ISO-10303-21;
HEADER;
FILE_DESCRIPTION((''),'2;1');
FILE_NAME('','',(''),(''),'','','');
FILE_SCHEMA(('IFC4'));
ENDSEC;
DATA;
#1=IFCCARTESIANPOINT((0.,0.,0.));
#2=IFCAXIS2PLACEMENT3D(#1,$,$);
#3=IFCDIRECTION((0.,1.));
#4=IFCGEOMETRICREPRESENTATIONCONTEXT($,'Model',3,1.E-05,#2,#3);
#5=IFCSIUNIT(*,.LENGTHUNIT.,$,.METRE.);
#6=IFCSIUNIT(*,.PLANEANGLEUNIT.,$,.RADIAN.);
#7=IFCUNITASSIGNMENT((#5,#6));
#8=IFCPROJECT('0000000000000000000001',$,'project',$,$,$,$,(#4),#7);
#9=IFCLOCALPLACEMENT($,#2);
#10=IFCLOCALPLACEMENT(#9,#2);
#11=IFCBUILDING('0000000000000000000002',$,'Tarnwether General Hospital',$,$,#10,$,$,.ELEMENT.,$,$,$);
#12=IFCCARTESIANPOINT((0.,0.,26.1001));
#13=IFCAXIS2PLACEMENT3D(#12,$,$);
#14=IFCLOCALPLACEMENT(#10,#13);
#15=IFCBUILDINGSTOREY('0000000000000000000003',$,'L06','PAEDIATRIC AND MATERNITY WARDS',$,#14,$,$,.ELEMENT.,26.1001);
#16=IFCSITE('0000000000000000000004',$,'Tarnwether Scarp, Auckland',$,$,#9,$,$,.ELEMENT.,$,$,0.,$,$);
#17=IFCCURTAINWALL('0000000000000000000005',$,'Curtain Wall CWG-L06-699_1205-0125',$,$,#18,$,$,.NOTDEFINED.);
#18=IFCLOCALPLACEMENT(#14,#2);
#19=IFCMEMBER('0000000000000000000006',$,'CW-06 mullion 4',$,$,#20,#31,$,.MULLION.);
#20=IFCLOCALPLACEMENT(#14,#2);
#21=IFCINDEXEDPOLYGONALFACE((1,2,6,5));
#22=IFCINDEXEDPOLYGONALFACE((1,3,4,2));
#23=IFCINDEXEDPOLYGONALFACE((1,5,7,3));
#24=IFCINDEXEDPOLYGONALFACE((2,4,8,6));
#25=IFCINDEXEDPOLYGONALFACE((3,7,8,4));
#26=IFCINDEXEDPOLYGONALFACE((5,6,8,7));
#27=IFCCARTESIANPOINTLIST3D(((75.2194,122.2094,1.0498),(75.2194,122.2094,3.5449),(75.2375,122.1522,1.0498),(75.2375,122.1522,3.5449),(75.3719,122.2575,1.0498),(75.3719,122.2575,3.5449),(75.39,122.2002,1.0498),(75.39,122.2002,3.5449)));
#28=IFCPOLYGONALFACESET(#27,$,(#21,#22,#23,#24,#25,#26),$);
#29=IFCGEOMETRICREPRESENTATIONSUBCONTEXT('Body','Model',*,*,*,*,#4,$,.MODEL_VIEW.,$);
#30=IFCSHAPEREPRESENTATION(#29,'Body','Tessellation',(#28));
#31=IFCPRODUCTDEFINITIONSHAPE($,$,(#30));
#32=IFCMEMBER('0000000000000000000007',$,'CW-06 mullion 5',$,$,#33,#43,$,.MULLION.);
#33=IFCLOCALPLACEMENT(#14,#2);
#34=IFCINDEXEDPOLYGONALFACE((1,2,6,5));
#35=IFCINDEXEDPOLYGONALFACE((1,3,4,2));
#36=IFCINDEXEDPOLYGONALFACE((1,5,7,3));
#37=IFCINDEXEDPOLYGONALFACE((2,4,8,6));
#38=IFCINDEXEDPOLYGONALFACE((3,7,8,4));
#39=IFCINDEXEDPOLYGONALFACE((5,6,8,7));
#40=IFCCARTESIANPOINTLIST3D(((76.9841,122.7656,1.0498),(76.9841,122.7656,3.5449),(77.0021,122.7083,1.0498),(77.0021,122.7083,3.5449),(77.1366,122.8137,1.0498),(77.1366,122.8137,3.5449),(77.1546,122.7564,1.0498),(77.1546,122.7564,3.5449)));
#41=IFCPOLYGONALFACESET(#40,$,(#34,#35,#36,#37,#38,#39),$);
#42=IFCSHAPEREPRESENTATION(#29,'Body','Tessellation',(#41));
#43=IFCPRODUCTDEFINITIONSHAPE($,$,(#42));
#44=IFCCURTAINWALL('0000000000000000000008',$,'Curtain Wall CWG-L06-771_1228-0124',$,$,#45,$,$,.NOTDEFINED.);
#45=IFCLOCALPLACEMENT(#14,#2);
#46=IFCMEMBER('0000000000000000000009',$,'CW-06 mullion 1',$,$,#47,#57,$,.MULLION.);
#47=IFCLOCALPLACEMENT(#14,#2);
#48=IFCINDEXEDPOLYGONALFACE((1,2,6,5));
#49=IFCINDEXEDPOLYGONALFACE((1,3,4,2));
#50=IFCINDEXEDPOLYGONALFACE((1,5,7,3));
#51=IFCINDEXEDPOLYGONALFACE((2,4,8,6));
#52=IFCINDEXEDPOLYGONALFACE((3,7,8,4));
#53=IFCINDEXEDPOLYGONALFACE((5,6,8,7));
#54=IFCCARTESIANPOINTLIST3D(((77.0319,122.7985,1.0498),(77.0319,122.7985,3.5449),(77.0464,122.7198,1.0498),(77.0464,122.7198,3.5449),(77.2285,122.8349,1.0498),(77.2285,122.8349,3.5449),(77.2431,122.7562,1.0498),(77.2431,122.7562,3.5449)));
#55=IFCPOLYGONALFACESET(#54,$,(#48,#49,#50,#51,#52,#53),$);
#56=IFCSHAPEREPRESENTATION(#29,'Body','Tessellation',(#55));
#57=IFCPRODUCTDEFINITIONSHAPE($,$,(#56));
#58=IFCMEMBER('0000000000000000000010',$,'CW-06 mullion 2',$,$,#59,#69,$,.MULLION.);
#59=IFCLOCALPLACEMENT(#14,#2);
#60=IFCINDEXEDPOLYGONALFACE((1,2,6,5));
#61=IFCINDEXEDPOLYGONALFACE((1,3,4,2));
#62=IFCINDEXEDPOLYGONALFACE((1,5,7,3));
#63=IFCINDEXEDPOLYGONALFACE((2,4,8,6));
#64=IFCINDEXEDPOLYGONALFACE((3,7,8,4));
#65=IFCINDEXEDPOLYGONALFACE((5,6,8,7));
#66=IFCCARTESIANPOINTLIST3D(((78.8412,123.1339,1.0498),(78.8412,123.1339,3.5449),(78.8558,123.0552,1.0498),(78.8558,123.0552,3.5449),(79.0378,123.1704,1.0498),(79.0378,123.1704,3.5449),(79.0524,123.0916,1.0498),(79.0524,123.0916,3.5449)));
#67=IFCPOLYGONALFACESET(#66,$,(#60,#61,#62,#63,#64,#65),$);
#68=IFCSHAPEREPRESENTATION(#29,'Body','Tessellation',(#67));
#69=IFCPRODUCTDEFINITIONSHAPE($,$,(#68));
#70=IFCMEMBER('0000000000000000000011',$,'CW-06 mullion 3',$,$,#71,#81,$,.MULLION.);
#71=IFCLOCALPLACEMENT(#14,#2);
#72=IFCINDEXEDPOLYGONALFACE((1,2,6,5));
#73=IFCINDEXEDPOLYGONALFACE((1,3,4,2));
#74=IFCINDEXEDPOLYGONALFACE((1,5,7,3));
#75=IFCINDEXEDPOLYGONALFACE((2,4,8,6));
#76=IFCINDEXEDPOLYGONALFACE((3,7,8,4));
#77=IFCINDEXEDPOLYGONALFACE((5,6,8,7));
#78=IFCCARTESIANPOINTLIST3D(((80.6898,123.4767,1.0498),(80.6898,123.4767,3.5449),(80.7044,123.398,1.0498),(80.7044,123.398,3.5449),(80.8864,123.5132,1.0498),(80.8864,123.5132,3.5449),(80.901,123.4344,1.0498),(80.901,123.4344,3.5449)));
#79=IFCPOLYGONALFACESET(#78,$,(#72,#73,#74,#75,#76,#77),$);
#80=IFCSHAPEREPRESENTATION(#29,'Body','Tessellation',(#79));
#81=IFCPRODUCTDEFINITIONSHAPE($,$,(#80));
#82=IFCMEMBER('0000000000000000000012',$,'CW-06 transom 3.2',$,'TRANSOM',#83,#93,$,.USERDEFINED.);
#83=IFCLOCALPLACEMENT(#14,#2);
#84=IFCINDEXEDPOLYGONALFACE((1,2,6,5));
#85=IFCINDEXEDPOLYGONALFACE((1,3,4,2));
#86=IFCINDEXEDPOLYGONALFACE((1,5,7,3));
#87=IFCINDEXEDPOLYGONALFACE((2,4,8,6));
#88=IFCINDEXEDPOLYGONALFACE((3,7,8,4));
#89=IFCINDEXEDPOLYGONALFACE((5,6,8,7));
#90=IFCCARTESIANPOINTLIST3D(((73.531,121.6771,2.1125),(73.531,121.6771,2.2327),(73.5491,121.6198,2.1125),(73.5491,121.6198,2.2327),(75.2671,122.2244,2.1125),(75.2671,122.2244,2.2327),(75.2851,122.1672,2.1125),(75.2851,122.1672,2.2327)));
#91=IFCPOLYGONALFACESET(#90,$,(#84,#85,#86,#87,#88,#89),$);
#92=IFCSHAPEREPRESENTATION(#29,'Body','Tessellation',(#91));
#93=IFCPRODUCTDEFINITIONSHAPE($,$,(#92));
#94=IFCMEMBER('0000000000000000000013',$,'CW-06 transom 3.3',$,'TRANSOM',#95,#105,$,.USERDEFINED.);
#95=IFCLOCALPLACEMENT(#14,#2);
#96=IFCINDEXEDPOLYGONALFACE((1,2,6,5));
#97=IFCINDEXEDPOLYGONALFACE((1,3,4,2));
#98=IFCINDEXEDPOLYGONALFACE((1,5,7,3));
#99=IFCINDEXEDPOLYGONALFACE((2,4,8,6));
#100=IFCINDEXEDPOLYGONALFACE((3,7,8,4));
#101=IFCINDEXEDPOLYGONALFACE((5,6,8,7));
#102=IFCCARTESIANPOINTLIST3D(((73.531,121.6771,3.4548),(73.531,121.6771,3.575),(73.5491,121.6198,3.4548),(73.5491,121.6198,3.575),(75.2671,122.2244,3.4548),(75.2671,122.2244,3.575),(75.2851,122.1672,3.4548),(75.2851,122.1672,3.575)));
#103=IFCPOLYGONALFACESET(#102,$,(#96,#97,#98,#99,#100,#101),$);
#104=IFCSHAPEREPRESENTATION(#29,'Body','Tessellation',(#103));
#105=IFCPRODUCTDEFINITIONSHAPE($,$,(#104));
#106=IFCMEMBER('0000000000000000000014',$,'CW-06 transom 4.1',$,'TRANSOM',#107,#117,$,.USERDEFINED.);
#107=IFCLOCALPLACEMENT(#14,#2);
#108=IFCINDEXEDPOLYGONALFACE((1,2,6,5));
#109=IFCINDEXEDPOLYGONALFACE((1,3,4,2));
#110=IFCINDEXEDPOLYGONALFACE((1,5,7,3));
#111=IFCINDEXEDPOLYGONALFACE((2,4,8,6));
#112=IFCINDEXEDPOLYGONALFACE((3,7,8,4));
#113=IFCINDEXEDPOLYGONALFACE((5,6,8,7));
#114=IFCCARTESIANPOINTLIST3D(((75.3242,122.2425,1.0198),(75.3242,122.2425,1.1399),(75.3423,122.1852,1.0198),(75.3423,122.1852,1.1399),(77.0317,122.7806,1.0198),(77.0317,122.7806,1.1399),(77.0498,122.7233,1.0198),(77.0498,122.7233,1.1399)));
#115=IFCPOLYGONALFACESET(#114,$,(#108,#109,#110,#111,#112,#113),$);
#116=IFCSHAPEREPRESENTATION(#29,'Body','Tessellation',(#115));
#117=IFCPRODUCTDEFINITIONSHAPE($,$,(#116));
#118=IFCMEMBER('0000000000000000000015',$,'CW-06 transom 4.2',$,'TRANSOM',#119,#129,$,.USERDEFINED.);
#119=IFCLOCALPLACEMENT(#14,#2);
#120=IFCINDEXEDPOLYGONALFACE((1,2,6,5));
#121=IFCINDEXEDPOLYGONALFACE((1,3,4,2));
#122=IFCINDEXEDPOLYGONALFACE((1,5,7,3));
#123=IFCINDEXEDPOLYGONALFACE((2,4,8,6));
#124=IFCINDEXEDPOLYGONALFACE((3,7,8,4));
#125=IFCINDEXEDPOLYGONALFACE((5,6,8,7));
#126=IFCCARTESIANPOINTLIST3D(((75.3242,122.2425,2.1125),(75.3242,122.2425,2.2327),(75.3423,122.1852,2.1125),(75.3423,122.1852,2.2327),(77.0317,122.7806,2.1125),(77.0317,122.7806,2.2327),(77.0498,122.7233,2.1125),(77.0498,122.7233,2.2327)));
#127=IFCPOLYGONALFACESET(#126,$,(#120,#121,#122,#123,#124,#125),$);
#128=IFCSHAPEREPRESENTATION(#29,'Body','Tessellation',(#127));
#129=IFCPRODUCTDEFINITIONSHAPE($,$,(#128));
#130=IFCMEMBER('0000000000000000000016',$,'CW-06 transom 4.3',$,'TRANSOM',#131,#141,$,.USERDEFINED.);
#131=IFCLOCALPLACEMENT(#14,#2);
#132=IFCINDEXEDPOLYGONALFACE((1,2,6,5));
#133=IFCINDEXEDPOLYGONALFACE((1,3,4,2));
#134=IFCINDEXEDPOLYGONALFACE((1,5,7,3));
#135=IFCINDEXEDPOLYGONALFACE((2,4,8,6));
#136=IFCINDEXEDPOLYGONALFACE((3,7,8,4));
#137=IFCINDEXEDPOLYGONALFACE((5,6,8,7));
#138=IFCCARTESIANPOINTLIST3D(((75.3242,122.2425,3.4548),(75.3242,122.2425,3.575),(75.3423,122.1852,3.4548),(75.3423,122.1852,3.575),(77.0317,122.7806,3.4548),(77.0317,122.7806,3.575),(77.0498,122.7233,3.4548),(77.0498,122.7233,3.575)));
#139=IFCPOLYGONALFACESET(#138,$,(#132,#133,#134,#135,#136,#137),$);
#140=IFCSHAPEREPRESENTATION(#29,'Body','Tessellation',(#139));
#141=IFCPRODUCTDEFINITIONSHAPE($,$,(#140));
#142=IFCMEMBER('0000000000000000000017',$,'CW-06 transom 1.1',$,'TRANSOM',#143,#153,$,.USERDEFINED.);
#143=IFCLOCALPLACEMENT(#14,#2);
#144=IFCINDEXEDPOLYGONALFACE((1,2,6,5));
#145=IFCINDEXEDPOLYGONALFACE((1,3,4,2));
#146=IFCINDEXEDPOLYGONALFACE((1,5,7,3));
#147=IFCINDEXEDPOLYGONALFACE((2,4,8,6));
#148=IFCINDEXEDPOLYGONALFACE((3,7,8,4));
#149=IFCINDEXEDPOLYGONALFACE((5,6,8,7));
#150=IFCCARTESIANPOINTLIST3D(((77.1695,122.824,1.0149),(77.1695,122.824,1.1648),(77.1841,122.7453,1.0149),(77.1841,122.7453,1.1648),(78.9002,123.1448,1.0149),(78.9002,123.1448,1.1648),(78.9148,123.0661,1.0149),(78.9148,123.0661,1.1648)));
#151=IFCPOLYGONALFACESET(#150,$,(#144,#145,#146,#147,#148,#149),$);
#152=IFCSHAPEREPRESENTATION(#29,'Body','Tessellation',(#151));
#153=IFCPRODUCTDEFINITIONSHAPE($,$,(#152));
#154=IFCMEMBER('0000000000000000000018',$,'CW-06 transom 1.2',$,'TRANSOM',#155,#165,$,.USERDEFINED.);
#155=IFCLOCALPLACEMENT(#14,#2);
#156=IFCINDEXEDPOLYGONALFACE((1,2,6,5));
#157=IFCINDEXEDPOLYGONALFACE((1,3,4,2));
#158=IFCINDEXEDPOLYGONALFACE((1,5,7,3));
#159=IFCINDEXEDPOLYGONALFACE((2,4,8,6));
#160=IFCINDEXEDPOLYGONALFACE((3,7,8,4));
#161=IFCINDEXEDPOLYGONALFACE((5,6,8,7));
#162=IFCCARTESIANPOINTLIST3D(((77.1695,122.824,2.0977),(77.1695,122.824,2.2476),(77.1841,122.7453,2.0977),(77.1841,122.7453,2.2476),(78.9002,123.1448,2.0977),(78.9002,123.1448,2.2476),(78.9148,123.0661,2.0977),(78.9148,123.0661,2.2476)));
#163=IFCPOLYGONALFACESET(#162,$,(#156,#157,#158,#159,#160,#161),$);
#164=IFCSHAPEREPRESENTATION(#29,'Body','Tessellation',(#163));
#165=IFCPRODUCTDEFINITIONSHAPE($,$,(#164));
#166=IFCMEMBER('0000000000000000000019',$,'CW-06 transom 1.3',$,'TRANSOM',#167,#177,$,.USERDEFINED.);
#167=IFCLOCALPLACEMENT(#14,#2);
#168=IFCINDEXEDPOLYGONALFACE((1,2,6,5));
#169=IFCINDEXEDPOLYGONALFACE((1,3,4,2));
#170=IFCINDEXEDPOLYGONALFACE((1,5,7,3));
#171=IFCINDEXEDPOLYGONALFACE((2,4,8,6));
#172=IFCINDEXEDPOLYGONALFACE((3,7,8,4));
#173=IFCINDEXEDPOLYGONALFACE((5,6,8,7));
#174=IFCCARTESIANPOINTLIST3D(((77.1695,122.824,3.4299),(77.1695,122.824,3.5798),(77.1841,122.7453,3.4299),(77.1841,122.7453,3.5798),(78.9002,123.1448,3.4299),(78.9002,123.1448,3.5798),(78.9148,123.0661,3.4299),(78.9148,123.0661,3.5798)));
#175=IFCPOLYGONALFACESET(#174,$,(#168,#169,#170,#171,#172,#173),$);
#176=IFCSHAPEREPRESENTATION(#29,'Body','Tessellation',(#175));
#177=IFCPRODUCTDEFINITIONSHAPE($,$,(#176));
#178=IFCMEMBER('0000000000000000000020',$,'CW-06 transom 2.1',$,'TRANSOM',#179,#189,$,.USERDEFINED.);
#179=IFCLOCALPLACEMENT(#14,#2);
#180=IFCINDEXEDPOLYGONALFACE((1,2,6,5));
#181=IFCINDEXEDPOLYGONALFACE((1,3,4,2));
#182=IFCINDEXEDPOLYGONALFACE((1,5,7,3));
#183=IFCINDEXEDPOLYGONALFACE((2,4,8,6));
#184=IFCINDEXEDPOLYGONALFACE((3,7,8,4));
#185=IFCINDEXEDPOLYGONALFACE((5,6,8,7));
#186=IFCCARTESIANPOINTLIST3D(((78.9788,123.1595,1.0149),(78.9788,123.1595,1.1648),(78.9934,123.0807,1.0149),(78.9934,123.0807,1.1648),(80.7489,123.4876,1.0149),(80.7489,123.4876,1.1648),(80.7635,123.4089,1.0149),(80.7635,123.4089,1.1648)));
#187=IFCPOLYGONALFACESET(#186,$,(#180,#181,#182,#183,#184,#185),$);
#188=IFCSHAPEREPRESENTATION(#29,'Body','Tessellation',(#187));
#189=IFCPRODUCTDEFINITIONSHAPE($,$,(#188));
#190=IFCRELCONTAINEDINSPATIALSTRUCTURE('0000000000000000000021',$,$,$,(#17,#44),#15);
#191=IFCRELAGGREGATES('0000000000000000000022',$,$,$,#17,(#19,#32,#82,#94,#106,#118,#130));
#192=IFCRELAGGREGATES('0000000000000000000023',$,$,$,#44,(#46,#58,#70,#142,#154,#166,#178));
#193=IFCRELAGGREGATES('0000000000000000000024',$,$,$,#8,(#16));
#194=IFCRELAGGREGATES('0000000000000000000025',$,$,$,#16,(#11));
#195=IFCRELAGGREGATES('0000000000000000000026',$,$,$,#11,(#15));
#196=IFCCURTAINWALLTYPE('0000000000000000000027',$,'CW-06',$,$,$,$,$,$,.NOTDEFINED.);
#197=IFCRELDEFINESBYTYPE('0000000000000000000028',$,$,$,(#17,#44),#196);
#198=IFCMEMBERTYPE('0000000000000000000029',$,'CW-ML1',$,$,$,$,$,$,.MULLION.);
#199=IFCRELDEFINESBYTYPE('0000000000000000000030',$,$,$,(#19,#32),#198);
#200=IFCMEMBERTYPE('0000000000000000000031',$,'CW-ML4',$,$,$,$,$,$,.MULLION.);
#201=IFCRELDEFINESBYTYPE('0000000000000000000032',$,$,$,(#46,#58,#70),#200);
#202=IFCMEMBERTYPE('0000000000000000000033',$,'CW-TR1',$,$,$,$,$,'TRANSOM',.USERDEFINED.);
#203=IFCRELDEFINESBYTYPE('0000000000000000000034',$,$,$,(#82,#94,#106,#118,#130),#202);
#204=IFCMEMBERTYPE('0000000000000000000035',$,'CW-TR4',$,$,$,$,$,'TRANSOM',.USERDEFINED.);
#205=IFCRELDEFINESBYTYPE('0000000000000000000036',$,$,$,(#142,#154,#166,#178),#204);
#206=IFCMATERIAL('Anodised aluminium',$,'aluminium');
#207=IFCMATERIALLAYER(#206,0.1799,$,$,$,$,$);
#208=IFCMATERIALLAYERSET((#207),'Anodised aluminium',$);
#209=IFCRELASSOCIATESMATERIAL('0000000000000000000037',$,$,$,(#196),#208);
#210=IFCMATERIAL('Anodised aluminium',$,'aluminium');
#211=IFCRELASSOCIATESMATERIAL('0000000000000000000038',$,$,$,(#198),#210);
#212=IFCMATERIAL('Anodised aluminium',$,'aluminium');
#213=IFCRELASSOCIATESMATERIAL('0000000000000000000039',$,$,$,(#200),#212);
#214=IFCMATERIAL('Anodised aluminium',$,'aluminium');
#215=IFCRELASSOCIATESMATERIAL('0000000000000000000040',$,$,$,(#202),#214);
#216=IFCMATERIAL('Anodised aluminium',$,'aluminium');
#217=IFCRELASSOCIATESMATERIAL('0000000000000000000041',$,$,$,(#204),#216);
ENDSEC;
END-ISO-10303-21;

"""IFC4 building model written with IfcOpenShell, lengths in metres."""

from ifc_helpers import new_model, si_unit, direction, frame, origin, origin_2d, place, context, subcontext, project, spatial, rectangle, extrude, material, layer, layer_set, material_profile, profile_set, type_object, element, aggregate, save


model = new_model("IFC4")

# Units and contexts
model_context = context("Model", 3, precision=1e-05, world=origin(), true_north=direction((0.0, 1.0)))
body_context = subcontext(model_context, "Body", "Model", "MODEL_VIEW")
ifc_project = project(units=[si_unit("LENGTHUNIT", "METRE"), si_unit("PLANEANGLEUNIT", "RADIAN")], contexts=[model_context])

# Site, building, storey
site_placement = place(None, origin())
site = spatial("IfcSite", under=ifc_project, at=site_placement, Name="Tarnwether Scarp, Auckland", CompositionType="ELEMENT", RefElevation=0.0)
building_placement = place(site_placement, origin())
building = spatial("IfcBuilding", under=site, at=building_placement, Name="Tarnwether General Hospital", CompositionType="ELEMENT")
storey_placement = place(building_placement, frame((0.0, 0.0, 26.1001)))
storey = spatial("IfcBuildingStorey", under=building, at=storey_placement, Name="L06", Description="PAEDIATRIC AND MATERNITY WARDS", CompositionType="ELEMENT", Elevation=26.1001)

# Curtain walls, members
ifc_material_1 = material(Name="Anodised aluminium", Category="aluminium")
ifc_layer_1 = layer(ifc_material_1, 0.1799)
ifc_layer_set_1 = layer_set([ifc_layer_1], Name="Anodised aluminium")
curtain_wall_type = type_object("IfcCurtainWallType", Name="CW-06", PredefinedType="NOTDEFINED", material=ifc_layer_set_1)
curtain_wall_1_placement = place(storey_placement, origin())
curtain_wall_1 = element("IfcCurtainWall", 1, at=curtain_wall_1_placement, inside=storey, type_object=curtain_wall_type, Name="Curtain Wall CWG-L06-699_1205-0125", PredefinedType="NOTDEFINED")
ifc_material_2 = material(Name="Anodised aluminium", Category="aluminium")
ifc_material_profile_1 = material_profile(ifc_material_2, rectangle(XDim=0.0601, YDim=0.1599, at=origin_2d()), Name="ALU-MUL-60x160")
ifc_profile_set_1 = profile_set([ifc_material_profile_1], Name="Anodised aluminium")
member_type_1 = type_object("IfcMemberType", Name="CW-ML1", PredefinedType="MULLION", material=ifc_profile_set_1)
member_1_placement = place(storey_placement, frame((75.3047, 122.2048, 1.0498), z_axis=(0.0, 0.0, 1.0), x_axis=(-0.300629, 0.953741, 0.0)))
member_1 = element("IfcMember", 2, at=member_1_placement, type_object=member_type_1, Name="CW-06 mullion 4", PredefinedType="MULLION", context=body_context, shape_type="SweptSolid", body=[
    extrude(rectangle(XDim=0.0601, YDim=0.1599, at=origin_2d()), origin(), (0.0, 0.0, 1.0), 2.4951),
])
member_2_placement = place(storey_placement, frame((77.0693, 122.761, 1.0498), z_axis=(0.0, 0.0, 1.0), x_axis=(-0.300629, 0.953741, 0.0)))
member_2 = element("IfcMember", 3, at=member_2_placement, type_object=member_type_1, Name="CW-06 mullion 5", PredefinedType="MULLION", context=body_context, shape_type="SweptSolid", body=[
    extrude(rectangle(XDim=0.0601, YDim=0.1599, at=origin_2d()), origin(), (0.0, 0.0, 1.0), 2.4951),
])
curtain_wall_2_placement = place(storey_placement, origin())
curtain_wall_2 = element("IfcCurtainWall", 4, at=curtain_wall_2_placement, inside=storey, type_object=curtain_wall_type, Name="Curtain Wall CWG-L06-771_1228-0124", PredefinedType="NOTDEFINED")
ifc_material_3 = material(Name="Anodised aluminium", Category="aluminium")
ifc_material_profile_2 = material_profile(ifc_material_3, rectangle(XDim=0.0801, YDim=0.2, at=origin_2d()), Name="ALU-MUL-80x200")
ifc_profile_set_2 = profile_set([ifc_material_profile_2], Name="Anodised aluminium")
member_type_2 = type_object("IfcMemberType", Name="CW-ML4", PredefinedType="MULLION", material=ifc_profile_set_2)
member_3_placement = place(storey_placement, frame((77.1375, 122.7773, 1.0498), z_axis=(0.0, 0.0, 1.0), x_axis=(-0.182289, 0.983245, 0.0)))
member_3 = element("IfcMember", 5, at=member_3_placement, type_object=member_type_2, Name="CW-06 mullion 1", PredefinedType="MULLION", context=body_context, shape_type="SweptSolid", body=[
    extrude(rectangle(XDim=0.0801, YDim=0.2, at=origin_2d()), origin(), (0.0, 0.0, 1.0), 2.4951),
])
member_4_placement = place(storey_placement, frame((78.9468, 123.1128, 1.0498), z_axis=(0.0, 0.0, 1.0), x_axis=(-0.182289, 0.983245, 0.0)))
member_4 = element("IfcMember", 6, at=member_4_placement, type_object=member_type_2, Name="CW-06 mullion 2", PredefinedType="MULLION", context=body_context, shape_type="SweptSolid", body=[
    extrude(rectangle(XDim=0.0801, YDim=0.2, at=origin_2d()), origin(), (0.0, 0.0, 1.0), 2.4951),
])
member_5_placement = place(storey_placement, frame((80.7954, 123.4556, 1.0498), z_axis=(0.0, 0.0, 1.0), x_axis=(-0.182289, 0.983245, 0.0)))
member_5 = element("IfcMember", 7, at=member_5_placement, type_object=member_type_2, Name="CW-06 mullion 3", PredefinedType="MULLION", context=body_context, shape_type="SweptSolid", body=[
    extrude(rectangle(XDim=0.0801, YDim=0.2, at=origin_2d()), origin(), (0.0, 0.0, 1.0), 2.4951),
])

# Members
ifc_material_4 = material(Name="Anodised aluminium", Category="aluminium")
ifc_material_profile_3 = material_profile(ifc_material_4, rectangle(XDim=0.0601, YDim=0.1201, at=origin_2d()), Name="ALU-TRN-60x120")
ifc_profile_set_3 = profile_set([ifc_material_profile_3], Name="Anodised aluminium")
member_type_3 = type_object("IfcMemberType", Name="CW-TR1", ElementType="TRANSOM", PredefinedType="USERDEFINED", material=ifc_profile_set_3)
member_6_placement = place(storey_placement, frame((73.54, 121.6484, 2.1726), z_axis=(0.95372, 0.300695, 0.0), x_axis=(-0.300695, 0.95372, 0.0)))
member_6 = element("IfcMember", 8, at=member_6_placement, type_object=member_type_3, Name="CW-06 transom 3.2", ObjectType="TRANSOM", PredefinedType="USERDEFINED", context=body_context, shape_type="SweptSolid", body=[
    extrude(rectangle(XDim=0.0601, YDim=0.1201, at=origin_2d()), origin(), (0.0, 0.0, 1.0), 1.8203),
])
member_7_placement = place(storey_placement, frame((73.54, 121.6484, 3.5149), z_axis=(0.95372, 0.300695, 0.0), x_axis=(-0.300695, 0.95372, 0.0)))
member_7 = element("IfcMember", 9, at=member_7_placement, type_object=member_type_3, Name="CW-06 transom 3.3", ObjectType="TRANSOM", PredefinedType="USERDEFINED", context=body_context, shape_type="SweptSolid", body=[
    extrude(rectangle(XDim=0.0601, YDim=0.1201, at=origin_2d()), origin(), (0.0, 0.0, 1.0), 1.8203),
])
member_8_placement = place(storey_placement, frame((75.3333, 122.2139, 1.0798), z_axis=(0.953764, 0.300557, 0.0), x_axis=(-0.300557, 0.953764, 0.0)))
member_8 = element("IfcMember", 10, at=member_8_placement, type_object=member_type_3, Name="CW-06 transom 4.1", ObjectType="TRANSOM", PredefinedType="USERDEFINED", context=body_context, shape_type="SweptSolid", body=[
    extrude(rectangle(XDim=0.0601, YDim=0.1201, at=origin_2d()), origin(), (0.0, 0.0, 1.0), 1.7903),
])
member_9_placement = place(storey_placement, frame((75.3333, 122.2139, 2.1726), z_axis=(0.953764, 0.300557, 0.0), x_axis=(-0.300557, 0.953764, 0.0)))
member_9 = element("IfcMember", 11, at=member_9_placement, type_object=member_type_3, Name="CW-06 transom 4.2", ObjectType="TRANSOM", PredefinedType="USERDEFINED", context=body_context, shape_type="SweptSolid", body=[
    extrude(rectangle(XDim=0.0601, YDim=0.1201, at=origin_2d()), origin(), (0.0, 0.0, 1.0), 1.7903),
])
member_10_placement = place(storey_placement, frame((75.3333, 122.2139, 3.5149), z_axis=(0.953764, 0.300557, 0.0), x_axis=(-0.300557, 0.953764, 0.0)))
member_10 = element("IfcMember", 12, at=member_10_placement, type_object=member_type_3, Name="CW-06 transom 4.3", ObjectType="TRANSOM", PredefinedType="USERDEFINED", context=body_context, shape_type="SweptSolid", body=[
    extrude(rectangle(XDim=0.0601, YDim=0.1201, at=origin_2d()), origin(), (0.0, 0.0, 1.0), 1.7903),
])
ifc_material_5 = material(Name="Anodised aluminium", Category="aluminium")
ifc_material_profile_4 = material_profile(ifc_material_5, rectangle(XDim=0.0801, YDim=0.1499, at=origin_2d()), Name="ALU-TRN-80x150")
ifc_profile_set_4 = profile_set([ifc_material_profile_4], Name="Anodised aluminium")
member_type_4 = type_object("IfcMemberType", Name="CW-TR4", ElementType="TRANSOM", PredefinedType="USERDEFINED", material=ifc_profile_set_4)
member_11_placement = place(storey_placement, frame((77.1768, 122.7847, 1.0898), z_axis=(0.983252, 0.182253, 0.0), x_axis=(-0.182253, 0.983252, 0.0)))
member_11 = element("IfcMember", 13, at=member_11_placement, type_object=member_type_4, Name="CW-06 transom 1.1", ObjectType="TRANSOM", PredefinedType="USERDEFINED", context=body_context, shape_type="SweptSolid", body=[
    extrude(rectangle(XDim=0.0801, YDim=0.1499, at=origin_2d()), origin(), (0.0, 0.0, 1.0), 1.7603),
])
member_12_placement = place(storey_placement, frame((77.1768, 122.7847, 2.1726), z_axis=(0.983252, 0.182253, 0.0), x_axis=(-0.182253, 0.983252, 0.0)))
member_12 = element("IfcMember", 14, at=member_12_placement, type_object=member_type_4, Name="CW-06 transom 1.2", ObjectType="TRANSOM", PredefinedType="USERDEFINED", context=body_context, shape_type="SweptSolid", body=[
    extrude(rectangle(XDim=0.0801, YDim=0.1499, at=origin_2d()), origin(), (0.0, 0.0, 1.0), 1.7603),
])
member_13_placement = place(storey_placement, frame((77.1768, 122.7847, 3.5049), z_axis=(0.983252, 0.182253, 0.0), x_axis=(-0.182253, 0.983252, 0.0)))
member_13 = element("IfcMember", 15, at=member_13_placement, type_object=member_type_4, Name="CW-06 transom 1.3", ObjectType="TRANSOM", PredefinedType="USERDEFINED", context=body_context, shape_type="SweptSolid", body=[
    extrude(rectangle(XDim=0.0801, YDim=0.1499, at=origin_2d()), origin(), (0.0, 0.0, 1.0), 1.7603),
])
member_14_placement = place(storey_placement, frame((78.9861, 123.1201, 1.0898), z_axis=(0.983248, 0.182274, 0.0), x_axis=(-0.182274, 0.983248, 0.0)))
member_14 = element("IfcMember", 16, at=member_14_placement, type_object=member_type_4, Name="CW-06 transom 2.1", ObjectType="TRANSOM", PredefinedType="USERDEFINED", context=body_context, shape_type="SweptSolid", body=[
    extrude(rectangle(XDim=0.0801, YDim=0.1499, at=origin_2d()), origin(), (0.0, 0.0, 1.0), 1.8003),
])

aggregate(curtain_wall_1, [member_1, member_2, member_6, member_7, member_8, member_9, member_10])
aggregate(curtain_wall_2, [member_3, member_4, member_5, member_11, member_12, member_13, member_14])

save(model, "model.ifc")
